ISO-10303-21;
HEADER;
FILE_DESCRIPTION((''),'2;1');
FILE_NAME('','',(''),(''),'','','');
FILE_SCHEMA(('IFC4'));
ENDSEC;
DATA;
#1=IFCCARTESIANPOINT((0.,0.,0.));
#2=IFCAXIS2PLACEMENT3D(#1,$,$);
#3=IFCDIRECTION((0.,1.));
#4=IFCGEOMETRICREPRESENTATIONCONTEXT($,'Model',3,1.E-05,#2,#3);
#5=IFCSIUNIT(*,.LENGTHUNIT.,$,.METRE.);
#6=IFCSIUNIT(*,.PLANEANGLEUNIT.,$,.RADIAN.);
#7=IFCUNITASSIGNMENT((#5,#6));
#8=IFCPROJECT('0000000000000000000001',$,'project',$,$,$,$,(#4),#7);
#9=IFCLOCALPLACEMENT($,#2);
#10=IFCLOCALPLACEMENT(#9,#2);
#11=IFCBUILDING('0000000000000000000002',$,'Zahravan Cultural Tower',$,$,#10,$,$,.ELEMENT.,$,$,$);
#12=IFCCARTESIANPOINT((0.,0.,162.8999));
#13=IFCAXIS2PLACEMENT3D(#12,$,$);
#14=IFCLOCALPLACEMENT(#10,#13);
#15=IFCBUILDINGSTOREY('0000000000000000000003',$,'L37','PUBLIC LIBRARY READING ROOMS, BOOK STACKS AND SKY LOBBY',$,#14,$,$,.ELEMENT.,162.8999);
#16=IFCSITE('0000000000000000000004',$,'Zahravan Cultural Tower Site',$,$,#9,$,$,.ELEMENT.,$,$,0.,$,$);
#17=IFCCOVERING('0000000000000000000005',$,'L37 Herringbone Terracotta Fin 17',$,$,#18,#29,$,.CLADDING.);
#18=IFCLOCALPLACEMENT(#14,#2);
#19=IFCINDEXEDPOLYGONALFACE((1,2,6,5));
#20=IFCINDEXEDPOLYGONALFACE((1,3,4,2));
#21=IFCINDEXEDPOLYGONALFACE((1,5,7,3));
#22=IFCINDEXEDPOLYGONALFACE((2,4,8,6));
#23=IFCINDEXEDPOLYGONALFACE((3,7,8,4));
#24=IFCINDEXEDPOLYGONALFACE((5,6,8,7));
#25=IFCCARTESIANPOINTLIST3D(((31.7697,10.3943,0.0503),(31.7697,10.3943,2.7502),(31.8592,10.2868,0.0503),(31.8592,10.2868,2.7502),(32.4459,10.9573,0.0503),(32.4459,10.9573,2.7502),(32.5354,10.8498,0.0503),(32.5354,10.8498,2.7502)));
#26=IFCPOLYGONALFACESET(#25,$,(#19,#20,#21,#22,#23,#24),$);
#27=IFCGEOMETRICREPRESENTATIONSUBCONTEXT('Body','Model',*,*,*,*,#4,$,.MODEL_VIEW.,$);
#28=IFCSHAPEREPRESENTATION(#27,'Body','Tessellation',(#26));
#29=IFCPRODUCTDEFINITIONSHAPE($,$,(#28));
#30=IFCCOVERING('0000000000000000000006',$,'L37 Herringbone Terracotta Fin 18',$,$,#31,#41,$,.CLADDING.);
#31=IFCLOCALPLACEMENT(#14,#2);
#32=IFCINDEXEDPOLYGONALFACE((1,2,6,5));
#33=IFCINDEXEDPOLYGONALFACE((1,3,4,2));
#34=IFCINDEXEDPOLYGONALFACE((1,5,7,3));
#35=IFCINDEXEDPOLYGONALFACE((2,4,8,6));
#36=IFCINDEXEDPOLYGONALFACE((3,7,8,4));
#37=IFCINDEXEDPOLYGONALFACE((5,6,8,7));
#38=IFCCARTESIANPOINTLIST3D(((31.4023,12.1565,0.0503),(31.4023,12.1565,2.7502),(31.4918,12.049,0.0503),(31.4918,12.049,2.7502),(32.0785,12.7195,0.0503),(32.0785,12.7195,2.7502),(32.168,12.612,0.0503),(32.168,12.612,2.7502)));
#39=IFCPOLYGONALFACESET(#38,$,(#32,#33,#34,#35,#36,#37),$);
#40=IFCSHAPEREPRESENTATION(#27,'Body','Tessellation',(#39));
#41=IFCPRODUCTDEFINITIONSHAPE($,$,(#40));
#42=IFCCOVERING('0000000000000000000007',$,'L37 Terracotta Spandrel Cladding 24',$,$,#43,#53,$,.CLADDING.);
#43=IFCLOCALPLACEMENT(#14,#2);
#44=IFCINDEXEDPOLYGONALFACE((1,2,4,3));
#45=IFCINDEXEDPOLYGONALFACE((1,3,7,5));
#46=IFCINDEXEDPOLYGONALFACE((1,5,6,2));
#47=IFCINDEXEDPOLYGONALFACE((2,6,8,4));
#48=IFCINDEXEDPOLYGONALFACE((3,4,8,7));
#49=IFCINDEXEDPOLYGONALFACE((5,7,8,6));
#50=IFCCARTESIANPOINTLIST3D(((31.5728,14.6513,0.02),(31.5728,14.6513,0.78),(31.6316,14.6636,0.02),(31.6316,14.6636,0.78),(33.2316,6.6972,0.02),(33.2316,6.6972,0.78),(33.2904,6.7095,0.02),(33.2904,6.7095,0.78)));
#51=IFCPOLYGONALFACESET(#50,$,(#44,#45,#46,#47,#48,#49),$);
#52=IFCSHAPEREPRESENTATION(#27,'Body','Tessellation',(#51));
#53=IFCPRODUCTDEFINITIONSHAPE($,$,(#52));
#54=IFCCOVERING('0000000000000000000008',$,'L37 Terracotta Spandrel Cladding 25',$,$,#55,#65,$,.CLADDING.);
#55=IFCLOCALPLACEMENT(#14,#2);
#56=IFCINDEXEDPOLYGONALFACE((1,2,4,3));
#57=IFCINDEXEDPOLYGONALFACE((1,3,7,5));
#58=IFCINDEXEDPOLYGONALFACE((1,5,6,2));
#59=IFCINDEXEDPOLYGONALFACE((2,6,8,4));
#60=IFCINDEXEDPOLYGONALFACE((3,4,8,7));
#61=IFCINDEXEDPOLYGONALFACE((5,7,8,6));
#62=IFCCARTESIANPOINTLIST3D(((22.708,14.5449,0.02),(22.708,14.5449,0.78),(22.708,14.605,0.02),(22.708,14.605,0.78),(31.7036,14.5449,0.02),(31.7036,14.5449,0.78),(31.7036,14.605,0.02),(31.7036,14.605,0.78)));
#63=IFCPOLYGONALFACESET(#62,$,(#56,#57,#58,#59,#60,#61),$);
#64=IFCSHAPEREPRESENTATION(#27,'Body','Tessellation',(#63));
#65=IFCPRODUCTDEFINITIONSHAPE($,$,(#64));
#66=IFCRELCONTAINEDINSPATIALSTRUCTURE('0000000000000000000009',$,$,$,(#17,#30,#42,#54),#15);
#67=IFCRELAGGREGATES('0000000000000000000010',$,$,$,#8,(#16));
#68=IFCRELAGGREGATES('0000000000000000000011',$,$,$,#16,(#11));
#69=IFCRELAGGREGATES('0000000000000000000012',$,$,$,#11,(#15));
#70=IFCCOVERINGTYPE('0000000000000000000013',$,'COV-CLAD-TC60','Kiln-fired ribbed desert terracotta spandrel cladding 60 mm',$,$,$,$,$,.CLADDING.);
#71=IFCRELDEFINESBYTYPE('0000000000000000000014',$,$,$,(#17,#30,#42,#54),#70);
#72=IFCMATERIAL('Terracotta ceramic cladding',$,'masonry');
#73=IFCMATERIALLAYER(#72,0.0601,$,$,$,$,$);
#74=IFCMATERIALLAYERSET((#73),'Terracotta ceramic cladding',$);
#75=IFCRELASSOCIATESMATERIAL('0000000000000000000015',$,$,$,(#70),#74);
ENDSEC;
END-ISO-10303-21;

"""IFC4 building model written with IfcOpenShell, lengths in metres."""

from ifc_helpers import new_model, si_unit, direction, frame, origin, origin_2d, place, context, subcontext, project, spatial, rectangle, extrude, source, transform, mapped, material, layer, layer_set, type_object, element, save


model = new_model("IFC4")

# Units and contexts
model_context = context("Model", 3, precision=1e-05, world=origin(), true_north=direction((0.0, 1.0)))
body_context = subcontext(model_context, "Body", "Model", "MODEL_VIEW")
ifc_project = project(units=[si_unit("LENGTHUNIT", "METRE"), si_unit("PLANEANGLEUNIT", "RADIAN")], contexts=[model_context])

# Site, building, storey
site_placement = place(None, origin())
site = spatial("IfcSite", under=ifc_project, at=site_placement, Name="Zahravan Cultural Tower Site", CompositionType="ELEMENT", RefElevation=0.0)
building_placement = place(site_placement, origin())
building = spatial("IfcBuilding", under=site, at=building_placement, Name="Zahravan Cultural Tower", CompositionType="ELEMENT")
storey_placement = place(building_placement, frame((0.0, 0.0, 162.8999)))
storey = spatial("IfcBuildingStorey", under=building, at=storey_placement, Name="L37", Description="PUBLIC LIBRARY READING ROOMS, BOOK STACKS AND SKY LOBBY", CompositionType="ELEMENT", Elevation=162.8999)

# Coverings
ifc_material_1 = material(Name="Terracotta ceramic cladding", Category="masonry")
ifc_layer_1 = layer(ifc_material_1, 0.0601)
ifc_layer_set_1 = layer_set([ifc_layer_1], Name="Terracotta ceramic cladding")
covering_type = type_object("IfcCoveringType", Name="COV-CLAD-TC60", Description="Kiln-fired ribbed desert terracotta spandrel cladding 60 mm", PredefinedType="CLADDING", material=ifc_layer_set_1)
shared_shape_1 = source(origin(), body_context, "Body", "SweptSolid", [
    extrude(rectangle(XDim=0.8799, YDim=0.1399, at=origin_2d()), origin(), (0.0, 0.0, 1.0), 2.7),
])
for number, where, z_axis, x_axis, name in (
    (1, (32.1526, 10.6221, 0.0503), (0.0, 0.0, 1.0), (-0.768507, -0.639841, 0.0), "L37 Herringbone Terracotta Fin 17"),
    (2, (31.7852, 12.3843, 0.0503), (0.0, 0.0, 1.0), (-0.768507, -0.639841, 0.0), "L37 Herringbone Terracotta Fin 18"),
):
    element("IfcCovering", number, at=place(storey_placement, frame(where, z_axis=z_axis, x_axis=x_axis)), inside=storey, type_object=covering_type, Name=name, PredefinedType="CLADDING", context=body_context, shape_type="MappedRepresentation", body=[
        mapped(shared_shape_1, transform((0.0, 0.0, 0.0), x_axis=(1.0, 0.0, 0.0), y_axis=(0.0, 1.0, 0.0), z_axis=(0.0, 0.0, 1.0), scale=1.0)),
    ])
shared_shape_2 = source(origin(), body_context, "Body", "SweptSolid", [
    extrude(rectangle(XDim=8.1252, YDim=0.0601, at=origin_2d()), origin(), (0.0, 0.0, 1.0), 0.76),
])
covering_1_placement = place(storey_placement, frame((32.4316, 10.6804, 0.02), z_axis=(0.0, 0.0, 1.0), x_axis=(-0.204154, 0.978939, 0.0)))
element("IfcCovering", 3, at=covering_1_placement, inside=storey, type_object=covering_type, Name="L37 Terracotta Spandrel Cladding 24", PredefinedType="CLADDING", context=body_context, shape_type="MappedRepresentation", body=[
    mapped(shared_shape_2, transform((0.0, 0.0, 0.0), x_axis=(1.0, 0.0, 0.0), y_axis=(0.0, 1.0, 0.0), z_axis=(0.0, 0.0, 1.0), scale=1.0)),
])
shared_shape_3 = source(origin(), body_context, "Body", "SweptSolid", [
    extrude(rectangle(XDim=8.9956, YDim=0.0601, at=origin_2d()), origin(), (0.0, 0.0, 1.0), 0.76),
])
covering_2_placement = place(storey_placement, frame((27.2058, 14.575, 0.02), z_axis=(0.0, 0.0, 1.0), x_axis=(-1.0, 0.0, 0.0)))
element("IfcCovering", 4, at=covering_2_placement, inside=storey, type_object=covering_type, Name="L37 Terracotta Spandrel Cladding 25", PredefinedType="CLADDING", context=body_context, shape_type="MappedRepresentation", body=[
    mapped(shared_shape_3, transform((0.0, 0.0, 0.0), x_axis=(1.0, 0.0, 0.0), y_axis=(0.0, 1.0, 0.0), z_axis=(0.0, 0.0, 1.0), scale=1.0)),
])

save(model, "model.ifc")
